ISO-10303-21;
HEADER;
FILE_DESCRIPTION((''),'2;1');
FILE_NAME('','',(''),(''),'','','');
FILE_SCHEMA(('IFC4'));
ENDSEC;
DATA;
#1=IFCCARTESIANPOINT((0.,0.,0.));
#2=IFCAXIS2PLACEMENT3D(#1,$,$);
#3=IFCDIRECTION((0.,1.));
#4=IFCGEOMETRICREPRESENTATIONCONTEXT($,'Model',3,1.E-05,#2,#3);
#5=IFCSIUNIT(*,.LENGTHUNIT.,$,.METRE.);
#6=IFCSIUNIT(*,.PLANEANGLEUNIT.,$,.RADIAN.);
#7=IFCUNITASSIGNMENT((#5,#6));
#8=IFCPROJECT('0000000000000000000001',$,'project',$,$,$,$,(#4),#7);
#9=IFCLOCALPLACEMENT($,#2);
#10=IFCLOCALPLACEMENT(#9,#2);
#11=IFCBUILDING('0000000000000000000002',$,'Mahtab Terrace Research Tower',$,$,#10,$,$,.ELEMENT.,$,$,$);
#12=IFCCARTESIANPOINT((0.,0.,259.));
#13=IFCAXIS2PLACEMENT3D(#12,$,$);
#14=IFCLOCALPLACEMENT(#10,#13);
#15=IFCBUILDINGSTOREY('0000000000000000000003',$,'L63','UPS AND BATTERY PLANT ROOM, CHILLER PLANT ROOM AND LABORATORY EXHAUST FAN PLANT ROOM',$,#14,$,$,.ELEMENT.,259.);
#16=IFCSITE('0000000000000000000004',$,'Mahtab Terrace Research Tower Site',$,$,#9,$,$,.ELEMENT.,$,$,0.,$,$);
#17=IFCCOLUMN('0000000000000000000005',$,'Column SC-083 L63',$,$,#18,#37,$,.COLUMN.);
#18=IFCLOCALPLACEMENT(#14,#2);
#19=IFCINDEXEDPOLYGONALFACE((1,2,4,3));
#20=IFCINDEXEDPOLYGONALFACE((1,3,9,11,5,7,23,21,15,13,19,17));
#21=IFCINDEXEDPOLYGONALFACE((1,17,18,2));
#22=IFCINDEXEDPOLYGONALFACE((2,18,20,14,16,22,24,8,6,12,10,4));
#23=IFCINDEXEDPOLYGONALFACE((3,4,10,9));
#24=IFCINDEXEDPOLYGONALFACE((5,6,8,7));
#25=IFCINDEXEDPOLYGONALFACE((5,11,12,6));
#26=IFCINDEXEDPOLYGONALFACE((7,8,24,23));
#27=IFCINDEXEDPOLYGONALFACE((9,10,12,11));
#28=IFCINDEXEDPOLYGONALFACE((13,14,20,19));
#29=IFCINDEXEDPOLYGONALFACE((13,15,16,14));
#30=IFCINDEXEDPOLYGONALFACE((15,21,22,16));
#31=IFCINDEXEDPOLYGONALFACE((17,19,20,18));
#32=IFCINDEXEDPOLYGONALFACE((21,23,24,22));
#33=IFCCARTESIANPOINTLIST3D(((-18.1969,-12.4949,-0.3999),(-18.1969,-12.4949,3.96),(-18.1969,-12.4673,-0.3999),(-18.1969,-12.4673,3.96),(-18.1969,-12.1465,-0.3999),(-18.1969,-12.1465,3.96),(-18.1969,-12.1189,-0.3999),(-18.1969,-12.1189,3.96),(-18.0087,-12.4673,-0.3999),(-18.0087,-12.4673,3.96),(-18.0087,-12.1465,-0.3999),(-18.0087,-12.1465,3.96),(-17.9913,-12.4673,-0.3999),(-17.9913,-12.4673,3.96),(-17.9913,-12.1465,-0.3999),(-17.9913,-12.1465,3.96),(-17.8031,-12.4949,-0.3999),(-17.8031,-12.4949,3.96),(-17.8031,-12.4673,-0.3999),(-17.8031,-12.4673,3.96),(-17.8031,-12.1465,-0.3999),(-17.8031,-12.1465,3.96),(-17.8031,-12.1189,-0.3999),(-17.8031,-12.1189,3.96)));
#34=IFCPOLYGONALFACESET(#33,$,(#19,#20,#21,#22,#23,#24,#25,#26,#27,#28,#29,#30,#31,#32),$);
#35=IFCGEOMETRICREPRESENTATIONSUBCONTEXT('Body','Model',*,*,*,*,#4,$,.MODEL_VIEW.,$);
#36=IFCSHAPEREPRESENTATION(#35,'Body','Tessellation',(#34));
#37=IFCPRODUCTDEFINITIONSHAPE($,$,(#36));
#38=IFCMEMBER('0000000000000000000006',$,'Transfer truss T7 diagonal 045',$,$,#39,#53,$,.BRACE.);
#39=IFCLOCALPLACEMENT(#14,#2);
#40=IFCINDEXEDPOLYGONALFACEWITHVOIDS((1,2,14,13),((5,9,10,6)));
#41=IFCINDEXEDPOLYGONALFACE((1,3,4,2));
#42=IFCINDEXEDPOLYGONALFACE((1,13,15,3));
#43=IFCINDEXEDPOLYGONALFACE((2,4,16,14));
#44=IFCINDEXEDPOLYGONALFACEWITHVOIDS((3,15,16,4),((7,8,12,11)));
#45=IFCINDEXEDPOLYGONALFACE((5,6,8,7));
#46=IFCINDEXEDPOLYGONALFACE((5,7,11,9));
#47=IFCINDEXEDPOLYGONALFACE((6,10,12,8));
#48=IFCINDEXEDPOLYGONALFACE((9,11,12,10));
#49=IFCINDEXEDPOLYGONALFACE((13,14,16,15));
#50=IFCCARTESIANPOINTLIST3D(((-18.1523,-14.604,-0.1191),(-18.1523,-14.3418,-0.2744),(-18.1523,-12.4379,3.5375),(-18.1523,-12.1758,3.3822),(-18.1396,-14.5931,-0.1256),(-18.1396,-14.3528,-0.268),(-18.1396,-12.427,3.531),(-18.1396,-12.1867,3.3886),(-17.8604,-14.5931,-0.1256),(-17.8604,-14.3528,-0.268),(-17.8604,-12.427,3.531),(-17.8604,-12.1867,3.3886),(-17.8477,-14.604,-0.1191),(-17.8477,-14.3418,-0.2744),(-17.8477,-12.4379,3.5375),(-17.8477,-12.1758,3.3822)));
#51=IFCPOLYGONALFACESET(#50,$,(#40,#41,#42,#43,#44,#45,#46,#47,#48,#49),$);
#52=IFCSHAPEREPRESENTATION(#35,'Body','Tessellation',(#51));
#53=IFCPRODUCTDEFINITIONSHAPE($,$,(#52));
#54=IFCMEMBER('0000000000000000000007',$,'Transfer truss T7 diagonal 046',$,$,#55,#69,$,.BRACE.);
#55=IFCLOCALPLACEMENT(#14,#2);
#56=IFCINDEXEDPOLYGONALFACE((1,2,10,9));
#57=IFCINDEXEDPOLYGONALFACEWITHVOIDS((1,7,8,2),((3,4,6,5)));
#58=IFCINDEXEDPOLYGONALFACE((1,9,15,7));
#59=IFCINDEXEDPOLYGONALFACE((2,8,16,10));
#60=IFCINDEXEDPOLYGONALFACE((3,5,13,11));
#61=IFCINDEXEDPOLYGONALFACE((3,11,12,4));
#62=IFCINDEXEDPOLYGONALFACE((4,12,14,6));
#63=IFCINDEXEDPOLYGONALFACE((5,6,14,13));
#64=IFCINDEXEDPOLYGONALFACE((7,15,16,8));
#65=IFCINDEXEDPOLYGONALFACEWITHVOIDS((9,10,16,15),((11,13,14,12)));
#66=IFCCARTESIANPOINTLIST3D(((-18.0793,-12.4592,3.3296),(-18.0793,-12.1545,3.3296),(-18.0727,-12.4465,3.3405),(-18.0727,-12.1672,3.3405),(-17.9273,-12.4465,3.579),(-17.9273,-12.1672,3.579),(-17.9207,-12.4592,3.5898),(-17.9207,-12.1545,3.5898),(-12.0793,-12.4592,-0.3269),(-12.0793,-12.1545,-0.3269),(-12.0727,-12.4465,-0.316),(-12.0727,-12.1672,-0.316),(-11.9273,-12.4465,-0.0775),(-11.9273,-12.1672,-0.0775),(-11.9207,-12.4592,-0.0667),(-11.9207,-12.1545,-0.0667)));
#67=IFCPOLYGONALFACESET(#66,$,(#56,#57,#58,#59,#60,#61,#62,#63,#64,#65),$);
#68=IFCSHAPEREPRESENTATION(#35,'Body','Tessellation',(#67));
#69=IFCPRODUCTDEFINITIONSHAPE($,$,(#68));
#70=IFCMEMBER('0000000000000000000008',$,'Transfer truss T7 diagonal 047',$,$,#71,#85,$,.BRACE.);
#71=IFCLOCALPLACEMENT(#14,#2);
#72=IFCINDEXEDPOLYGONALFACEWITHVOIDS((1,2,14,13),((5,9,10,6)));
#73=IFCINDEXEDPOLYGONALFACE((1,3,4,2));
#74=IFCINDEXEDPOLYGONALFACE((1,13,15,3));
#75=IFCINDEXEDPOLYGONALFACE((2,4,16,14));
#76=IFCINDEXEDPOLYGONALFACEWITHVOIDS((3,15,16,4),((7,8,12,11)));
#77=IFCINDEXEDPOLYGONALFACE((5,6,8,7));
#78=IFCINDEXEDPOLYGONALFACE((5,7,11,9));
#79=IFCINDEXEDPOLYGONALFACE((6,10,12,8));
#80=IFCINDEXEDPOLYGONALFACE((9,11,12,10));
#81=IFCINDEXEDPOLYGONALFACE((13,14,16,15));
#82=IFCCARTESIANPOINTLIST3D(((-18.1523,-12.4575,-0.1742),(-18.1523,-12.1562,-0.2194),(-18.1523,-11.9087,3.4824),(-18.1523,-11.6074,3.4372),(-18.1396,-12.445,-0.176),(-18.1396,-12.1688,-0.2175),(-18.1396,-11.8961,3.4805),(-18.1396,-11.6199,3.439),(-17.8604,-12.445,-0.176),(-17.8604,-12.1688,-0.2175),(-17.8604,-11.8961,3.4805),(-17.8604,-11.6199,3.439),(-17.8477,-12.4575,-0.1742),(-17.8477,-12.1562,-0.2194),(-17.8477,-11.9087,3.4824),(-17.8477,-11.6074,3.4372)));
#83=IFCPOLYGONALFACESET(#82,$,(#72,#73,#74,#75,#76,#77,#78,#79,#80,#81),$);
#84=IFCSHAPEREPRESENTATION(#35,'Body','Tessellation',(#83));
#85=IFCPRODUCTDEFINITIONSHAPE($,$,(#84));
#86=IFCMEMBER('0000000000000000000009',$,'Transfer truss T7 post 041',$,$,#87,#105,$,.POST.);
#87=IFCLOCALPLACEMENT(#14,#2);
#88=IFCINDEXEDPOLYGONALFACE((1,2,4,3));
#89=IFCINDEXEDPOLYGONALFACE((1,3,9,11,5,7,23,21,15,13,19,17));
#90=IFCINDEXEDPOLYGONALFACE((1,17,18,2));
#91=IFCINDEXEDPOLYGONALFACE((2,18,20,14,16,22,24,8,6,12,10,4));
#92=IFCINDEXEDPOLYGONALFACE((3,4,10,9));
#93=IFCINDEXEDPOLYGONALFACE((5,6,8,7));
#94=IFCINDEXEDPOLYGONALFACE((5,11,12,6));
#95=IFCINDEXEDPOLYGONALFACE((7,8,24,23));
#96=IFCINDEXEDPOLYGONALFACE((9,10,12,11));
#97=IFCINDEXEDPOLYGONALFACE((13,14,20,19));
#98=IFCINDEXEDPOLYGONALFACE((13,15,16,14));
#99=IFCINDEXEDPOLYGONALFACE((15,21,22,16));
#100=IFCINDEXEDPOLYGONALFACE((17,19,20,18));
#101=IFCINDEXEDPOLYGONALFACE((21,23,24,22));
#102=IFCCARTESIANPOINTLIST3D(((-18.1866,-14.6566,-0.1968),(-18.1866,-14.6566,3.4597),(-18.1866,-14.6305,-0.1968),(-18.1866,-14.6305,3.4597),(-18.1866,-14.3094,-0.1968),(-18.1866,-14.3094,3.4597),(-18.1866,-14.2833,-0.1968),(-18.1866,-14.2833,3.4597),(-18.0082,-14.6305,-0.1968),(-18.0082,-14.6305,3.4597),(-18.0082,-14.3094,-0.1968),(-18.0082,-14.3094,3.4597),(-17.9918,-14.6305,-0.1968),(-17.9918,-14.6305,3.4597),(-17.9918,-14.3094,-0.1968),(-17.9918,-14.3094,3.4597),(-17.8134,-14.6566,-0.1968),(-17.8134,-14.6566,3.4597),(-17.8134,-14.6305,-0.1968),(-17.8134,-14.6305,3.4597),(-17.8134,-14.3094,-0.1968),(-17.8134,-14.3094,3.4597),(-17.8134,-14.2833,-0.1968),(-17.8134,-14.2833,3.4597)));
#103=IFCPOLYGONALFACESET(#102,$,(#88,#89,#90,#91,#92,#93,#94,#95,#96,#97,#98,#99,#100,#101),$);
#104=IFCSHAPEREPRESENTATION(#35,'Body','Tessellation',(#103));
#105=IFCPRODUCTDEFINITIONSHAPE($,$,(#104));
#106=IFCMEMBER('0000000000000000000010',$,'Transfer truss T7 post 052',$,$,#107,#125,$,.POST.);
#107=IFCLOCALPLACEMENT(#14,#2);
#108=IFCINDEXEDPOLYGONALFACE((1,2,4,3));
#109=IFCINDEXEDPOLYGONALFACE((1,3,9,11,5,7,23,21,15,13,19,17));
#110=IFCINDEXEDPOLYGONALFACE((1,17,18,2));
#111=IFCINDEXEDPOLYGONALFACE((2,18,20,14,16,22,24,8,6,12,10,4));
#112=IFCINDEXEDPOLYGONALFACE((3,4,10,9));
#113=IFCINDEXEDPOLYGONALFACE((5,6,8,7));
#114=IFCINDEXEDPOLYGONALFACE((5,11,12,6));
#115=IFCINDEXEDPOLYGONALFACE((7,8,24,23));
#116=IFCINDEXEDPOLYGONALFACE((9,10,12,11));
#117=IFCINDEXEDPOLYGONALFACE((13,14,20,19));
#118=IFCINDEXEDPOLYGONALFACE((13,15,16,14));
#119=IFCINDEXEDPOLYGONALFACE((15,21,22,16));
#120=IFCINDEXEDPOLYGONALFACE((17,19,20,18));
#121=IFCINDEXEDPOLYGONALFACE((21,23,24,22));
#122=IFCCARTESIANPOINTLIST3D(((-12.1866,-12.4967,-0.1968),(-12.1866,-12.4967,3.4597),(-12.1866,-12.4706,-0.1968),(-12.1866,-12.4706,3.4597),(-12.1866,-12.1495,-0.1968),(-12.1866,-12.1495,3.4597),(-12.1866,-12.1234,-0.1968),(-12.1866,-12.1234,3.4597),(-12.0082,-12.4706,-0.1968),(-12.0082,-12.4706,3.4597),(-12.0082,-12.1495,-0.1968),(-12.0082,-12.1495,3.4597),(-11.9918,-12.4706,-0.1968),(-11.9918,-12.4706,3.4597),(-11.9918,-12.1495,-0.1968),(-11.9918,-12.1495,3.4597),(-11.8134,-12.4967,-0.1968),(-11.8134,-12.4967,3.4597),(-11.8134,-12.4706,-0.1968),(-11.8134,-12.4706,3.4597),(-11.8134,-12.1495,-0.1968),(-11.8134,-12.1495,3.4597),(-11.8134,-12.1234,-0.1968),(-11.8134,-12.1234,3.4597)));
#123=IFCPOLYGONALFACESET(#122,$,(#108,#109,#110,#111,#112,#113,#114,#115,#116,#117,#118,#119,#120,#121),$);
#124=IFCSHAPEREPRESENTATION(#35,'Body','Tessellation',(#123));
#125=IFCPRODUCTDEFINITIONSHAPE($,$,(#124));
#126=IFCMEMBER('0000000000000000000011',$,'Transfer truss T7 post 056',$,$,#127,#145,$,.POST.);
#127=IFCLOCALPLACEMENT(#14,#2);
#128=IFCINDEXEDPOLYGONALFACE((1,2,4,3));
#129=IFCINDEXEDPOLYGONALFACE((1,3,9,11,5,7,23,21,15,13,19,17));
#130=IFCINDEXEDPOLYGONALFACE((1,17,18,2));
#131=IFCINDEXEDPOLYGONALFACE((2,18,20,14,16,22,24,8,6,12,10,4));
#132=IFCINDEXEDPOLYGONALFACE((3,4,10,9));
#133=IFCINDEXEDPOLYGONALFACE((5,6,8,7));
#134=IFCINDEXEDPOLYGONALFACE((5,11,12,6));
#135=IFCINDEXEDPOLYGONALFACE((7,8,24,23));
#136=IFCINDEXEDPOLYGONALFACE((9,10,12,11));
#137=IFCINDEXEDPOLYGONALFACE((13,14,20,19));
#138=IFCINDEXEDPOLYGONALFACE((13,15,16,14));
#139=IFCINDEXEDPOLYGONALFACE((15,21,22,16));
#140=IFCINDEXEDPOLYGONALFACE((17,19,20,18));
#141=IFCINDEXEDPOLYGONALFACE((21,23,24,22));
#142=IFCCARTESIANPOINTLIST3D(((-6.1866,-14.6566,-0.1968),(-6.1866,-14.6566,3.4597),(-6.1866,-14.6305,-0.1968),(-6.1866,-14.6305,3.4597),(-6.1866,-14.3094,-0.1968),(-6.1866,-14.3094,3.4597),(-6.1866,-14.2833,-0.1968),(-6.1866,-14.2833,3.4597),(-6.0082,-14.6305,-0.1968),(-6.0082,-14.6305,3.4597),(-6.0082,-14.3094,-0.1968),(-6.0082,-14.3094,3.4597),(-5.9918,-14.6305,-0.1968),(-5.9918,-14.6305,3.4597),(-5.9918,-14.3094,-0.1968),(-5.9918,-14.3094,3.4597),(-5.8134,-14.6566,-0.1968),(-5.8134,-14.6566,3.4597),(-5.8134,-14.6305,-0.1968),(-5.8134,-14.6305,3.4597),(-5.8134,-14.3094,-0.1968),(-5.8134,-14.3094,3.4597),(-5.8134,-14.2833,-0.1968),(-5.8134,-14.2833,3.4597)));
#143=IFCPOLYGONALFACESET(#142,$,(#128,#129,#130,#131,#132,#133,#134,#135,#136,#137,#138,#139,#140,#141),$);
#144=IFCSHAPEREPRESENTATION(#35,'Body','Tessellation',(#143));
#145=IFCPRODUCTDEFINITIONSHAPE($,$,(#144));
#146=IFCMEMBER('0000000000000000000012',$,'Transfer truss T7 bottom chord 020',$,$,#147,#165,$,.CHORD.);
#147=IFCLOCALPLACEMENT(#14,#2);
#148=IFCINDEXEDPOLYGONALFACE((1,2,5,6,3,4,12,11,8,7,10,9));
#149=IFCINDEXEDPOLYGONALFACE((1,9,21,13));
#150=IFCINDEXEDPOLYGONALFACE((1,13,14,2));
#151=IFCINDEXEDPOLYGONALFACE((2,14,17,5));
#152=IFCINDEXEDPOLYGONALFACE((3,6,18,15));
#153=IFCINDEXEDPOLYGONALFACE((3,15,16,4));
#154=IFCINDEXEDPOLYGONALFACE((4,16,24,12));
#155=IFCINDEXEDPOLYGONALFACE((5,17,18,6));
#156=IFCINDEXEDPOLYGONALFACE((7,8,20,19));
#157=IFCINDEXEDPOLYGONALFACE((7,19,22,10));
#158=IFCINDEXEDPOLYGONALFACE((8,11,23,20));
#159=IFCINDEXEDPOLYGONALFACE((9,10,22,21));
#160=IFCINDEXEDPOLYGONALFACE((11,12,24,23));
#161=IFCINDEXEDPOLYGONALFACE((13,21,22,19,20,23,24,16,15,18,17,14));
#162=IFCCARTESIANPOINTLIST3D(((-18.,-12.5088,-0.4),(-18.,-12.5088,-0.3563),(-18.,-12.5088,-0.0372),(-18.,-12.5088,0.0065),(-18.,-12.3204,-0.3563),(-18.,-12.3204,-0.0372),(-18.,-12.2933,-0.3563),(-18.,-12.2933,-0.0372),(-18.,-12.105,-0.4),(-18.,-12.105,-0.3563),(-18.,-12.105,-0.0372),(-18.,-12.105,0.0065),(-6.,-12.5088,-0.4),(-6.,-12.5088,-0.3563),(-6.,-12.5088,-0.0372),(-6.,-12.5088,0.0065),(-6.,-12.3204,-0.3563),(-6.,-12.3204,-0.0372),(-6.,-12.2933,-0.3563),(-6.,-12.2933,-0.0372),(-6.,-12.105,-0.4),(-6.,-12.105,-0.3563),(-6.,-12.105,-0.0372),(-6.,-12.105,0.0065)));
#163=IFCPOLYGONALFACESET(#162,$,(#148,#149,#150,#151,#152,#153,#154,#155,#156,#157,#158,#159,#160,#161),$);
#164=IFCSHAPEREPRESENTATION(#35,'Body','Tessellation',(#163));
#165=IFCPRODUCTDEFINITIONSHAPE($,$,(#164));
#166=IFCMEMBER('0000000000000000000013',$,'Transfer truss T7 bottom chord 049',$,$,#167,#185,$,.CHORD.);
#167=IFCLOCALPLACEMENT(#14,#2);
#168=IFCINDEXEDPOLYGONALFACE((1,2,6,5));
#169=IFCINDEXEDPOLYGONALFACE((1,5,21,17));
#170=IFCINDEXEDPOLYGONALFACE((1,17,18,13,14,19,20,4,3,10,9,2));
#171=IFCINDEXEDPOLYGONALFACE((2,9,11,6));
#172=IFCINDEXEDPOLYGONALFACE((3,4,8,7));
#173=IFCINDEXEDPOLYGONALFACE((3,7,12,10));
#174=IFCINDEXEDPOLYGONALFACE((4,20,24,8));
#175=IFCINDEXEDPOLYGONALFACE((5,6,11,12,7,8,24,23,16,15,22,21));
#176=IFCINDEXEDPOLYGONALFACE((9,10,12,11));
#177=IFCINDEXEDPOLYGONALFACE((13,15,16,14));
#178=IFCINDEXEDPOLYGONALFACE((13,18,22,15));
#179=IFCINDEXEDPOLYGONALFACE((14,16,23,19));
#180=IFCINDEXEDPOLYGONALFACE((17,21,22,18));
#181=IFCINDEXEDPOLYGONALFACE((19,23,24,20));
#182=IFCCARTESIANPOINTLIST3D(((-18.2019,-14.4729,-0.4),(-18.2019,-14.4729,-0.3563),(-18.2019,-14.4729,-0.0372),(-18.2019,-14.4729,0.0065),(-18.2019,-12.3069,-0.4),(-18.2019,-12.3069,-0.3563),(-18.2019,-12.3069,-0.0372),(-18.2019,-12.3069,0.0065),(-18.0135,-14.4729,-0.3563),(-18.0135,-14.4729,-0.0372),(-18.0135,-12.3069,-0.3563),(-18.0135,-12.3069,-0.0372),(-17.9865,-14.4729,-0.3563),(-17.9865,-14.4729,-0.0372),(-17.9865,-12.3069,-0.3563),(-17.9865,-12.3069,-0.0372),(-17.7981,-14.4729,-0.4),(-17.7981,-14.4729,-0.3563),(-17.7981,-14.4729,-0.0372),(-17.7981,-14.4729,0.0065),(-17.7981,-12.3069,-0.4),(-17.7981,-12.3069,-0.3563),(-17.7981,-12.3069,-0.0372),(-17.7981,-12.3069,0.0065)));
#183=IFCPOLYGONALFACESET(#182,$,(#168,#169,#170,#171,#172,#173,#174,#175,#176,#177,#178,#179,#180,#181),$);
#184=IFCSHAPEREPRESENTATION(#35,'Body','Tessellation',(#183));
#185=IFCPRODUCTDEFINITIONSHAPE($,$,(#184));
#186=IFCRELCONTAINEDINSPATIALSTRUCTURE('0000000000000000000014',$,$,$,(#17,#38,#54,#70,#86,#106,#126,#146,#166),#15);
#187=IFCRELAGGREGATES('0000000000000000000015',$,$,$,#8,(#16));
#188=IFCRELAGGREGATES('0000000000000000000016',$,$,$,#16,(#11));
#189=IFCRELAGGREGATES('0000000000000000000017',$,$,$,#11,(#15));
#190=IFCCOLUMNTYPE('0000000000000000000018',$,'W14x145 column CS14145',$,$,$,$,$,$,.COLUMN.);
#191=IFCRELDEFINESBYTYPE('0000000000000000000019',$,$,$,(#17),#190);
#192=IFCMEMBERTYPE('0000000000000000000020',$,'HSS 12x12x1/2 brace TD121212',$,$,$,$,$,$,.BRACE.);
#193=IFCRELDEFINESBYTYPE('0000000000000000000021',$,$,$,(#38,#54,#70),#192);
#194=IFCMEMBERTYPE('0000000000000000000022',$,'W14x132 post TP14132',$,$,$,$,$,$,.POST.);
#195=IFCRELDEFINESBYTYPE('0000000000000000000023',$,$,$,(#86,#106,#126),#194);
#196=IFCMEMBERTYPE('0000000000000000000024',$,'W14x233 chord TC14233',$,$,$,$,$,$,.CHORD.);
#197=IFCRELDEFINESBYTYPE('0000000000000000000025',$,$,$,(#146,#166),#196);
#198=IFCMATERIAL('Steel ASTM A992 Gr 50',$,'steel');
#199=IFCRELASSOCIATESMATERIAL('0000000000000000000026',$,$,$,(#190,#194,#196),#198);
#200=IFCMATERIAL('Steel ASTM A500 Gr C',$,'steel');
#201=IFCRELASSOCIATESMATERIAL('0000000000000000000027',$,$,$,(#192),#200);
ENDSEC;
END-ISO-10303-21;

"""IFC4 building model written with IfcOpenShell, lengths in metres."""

from ifc_helpers import new_model, si_unit, direction, frame, origin, origin_2d, place, context, subcontext, project, spatial, hollow_rectangle, i_section, extrude, material, material_profile, profile_set, type_object, element, save


model = new_model("IFC4")

# Units and contexts
model_context = context("Model", 3, precision=1e-05, world=origin(), true_north=direction((0.0, 1.0)))
body_context = subcontext(model_context, "Body", "Model", "MODEL_VIEW")
ifc_project = project(units=[si_unit("LENGTHUNIT", "METRE"), si_unit("PLANEANGLEUNIT", "RADIAN")], contexts=[model_context])

# Site, building, storey
site_placement = place(None, origin())
site = spatial("IfcSite", under=ifc_project, at=site_placement, Name="Mahtab Terrace Research Tower Site", CompositionType="ELEMENT", RefElevation=0.0)
building_placement = place(site_placement, origin())
building = spatial("IfcBuilding", under=site, at=building_placement, Name="Mahtab Terrace Research Tower", CompositionType="ELEMENT")
storey_placement = place(building_placement, frame((0.0, 0.0, 259.0)))
storey = spatial("IfcBuildingStorey", under=building, at=storey_placement, Name="L63", Description="UPS AND BATTERY PLANT ROOM, CHILLER PLANT ROOM AND LABORATORY EXHAUST FAN PLANT ROOM", CompositionType="ELEMENT", Elevation=259.0)

# Column
ifc_material_1 = material(Name="Steel ASTM A992 Gr 50", Category="steel")
ifc_material_profile_1 = material_profile(ifc_material_1, i_section(OverallWidth=0.3938, OverallDepth=0.376, WebThickness=0.0173, FlangeThickness=0.0276, at=origin_2d()), Name="W14X145")
ifc_profile_set_1 = profile_set([ifc_material_profile_1], Name="Steel ASTM A992 Gr 50")
column_type = type_object("IfcColumnType", Name="W14x145 column CS14145", PredefinedType="COLUMN", material=ifc_profile_set_1)
column_placement = place(storey_placement, frame((-18.0, -12.3069, -0.3999), z_axis=(0.0, 0.0, 1.0), x_axis=(1.0, 0.0, 0.0)))
element("IfcColumn", 1, at=column_placement, inside=storey, type_object=column_type, Name="Column SC-083 L63", PredefinedType="COLUMN", context=body_context, shape_type="SweptSolid", body=[
    extrude(i_section(OverallWidth=0.3938, OverallDepth=0.376, WebThickness=0.0173, FlangeThickness=0.0276, at=origin_2d()), origin(), (0.0, 0.0, 1.0), 4.3599),
])

# Members
ifc_material_2 = material(Name="Steel ASTM A500 Gr C", Category="steel")
ifc_material_profile_2 = material_profile(ifc_material_2, hollow_rectangle(XDim=0.3047, YDim=0.3047, WallThickness=0.0127, at=origin_2d()), Name="HSS12X12X1/2")
ifc_profile_set_2 = profile_set([ifc_material_profile_2], Name="Steel ASTM A500 Gr C")
member_type_1 = type_object("IfcMemberType", Name="HSS 12x12x1/2 brace TD121212", PredefinedType="BRACE", material=ifc_profile_set_2)
member_1_placement = place(storey_placement, frame((-18.0, -14.4729, -0.1968), z_axis=(0.0, 0.509664, 0.860374), x_axis=(-1.0, 0.0, 0.0)))
element("IfcMember", 2, at=member_1_placement, inside=storey, type_object=member_type_1, Name="Transfer truss T7 diagonal 045", PredefinedType="BRACE", context=body_context, shape_type="SweptSolid", body=[
    extrude(hollow_rectangle(XDim=0.3047, YDim=0.3047, WallThickness=0.0127, at=origin_2d()), origin(), (0.0, 0.0, 1.0), 4.25),
])
member_2_placement = place(storey_placement, frame((-12.0, -12.3069, -0.1968), z_axis=(-0.853925, 0.0, 0.520396), x_axis=(0.0, -1.0, 0.0)))
element("IfcMember", 3, at=member_2_placement, inside=storey, type_object=member_type_1, Name="Transfer truss T7 diagonal 046", PredefinedType="BRACE", context=body_context, shape_type="SweptSolid", body=[
    extrude(hollow_rectangle(XDim=0.3047, YDim=0.3047, WallThickness=0.0127, at=origin_2d()), origin(), (0.0, 0.0, 1.0), 7.0264),
])
member_3_placement = place(storey_placement, frame((-18.0, -12.3069, -0.1968), z_axis=(0.0, 0.148434, 0.988922), x_axis=(-1.0, 0.0, 0.0)))
element("IfcMember", 4, at=member_3_placement, inside=storey, type_object=member_type_1, Name="Transfer truss T7 diagonal 047", PredefinedType="BRACE", context=body_context, shape_type="SweptSolid", body=[
    extrude(hollow_rectangle(XDim=0.3047, YDim=0.3047, WallThickness=0.0127, at=origin_2d()), origin(), (0.0, 0.0, 1.0), 3.6975),
])
ifc_material_profile_3 = material_profile(ifc_material_1, i_section(OverallWidth=0.3733, OverallDepth=0.3733, WebThickness=0.0164, FlangeThickness=0.0261, at=origin_2d()), Name="W14X132")
ifc_profile_set_3 = profile_set([ifc_material_profile_3], Name="Steel ASTM A992 Gr 50")
member_type_2 = type_object("IfcMemberType", Name="W14x132 post TP14132", PredefinedType="POST", material=ifc_profile_set_3)
for number, where, z_axis, x_axis, name in (
    (5, (-18.0, -14.47, -0.1968), (0.0, 0.0, 1.0), (1.0, 0.0, 0.0), "Transfer truss T7 post 041"),
    (6, (-12.0, -12.3101, -0.1968), (0.0, 0.0, 1.0), (1.0, 0.0, 0.0), "Transfer truss T7 post 052"),
    (7, (-6.0, -14.47, -0.1968), (0.0, 0.0, 1.0), (1.0, 0.0, 0.0), "Transfer truss T7 post 056"),
):
    element("IfcMember", number, at=place(storey_placement, frame(where, z_axis=z_axis, x_axis=x_axis)), inside=storey, type_object=member_type_2, Name=name, PredefinedType="POST", context=body_context, shape_type="SweptSolid", body=[
        extrude(i_section(OverallWidth=0.3733, OverallDepth=0.3733, WebThickness=0.0164, FlangeThickness=0.0261, at=origin_2d()), origin(), (0.0, 0.0, 1.0), 3.6565),
    ])
ifc_material_profile_4 = material_profile(ifc_material_1, i_section(OverallWidth=0.4038, OverallDepth=0.4065, WebThickness=0.0271, FlangeThickness=0.0437, at=origin_2d()), Name="W14X233")
ifc_profile_set_4 = profile_set([ifc_material_profile_4], Name="Steel ASTM A992 Gr 50")
member_type_3 = type_object("IfcMemberType", Name="W14x233 chord TC14233", PredefinedType="CHORD", material=ifc_profile_set_4)
member_4_placement = place(storey_placement, frame((-18.0, -12.3069, -0.1968), z_axis=(1.0, 0.0, 0.0), x_axis=(0.0, 1.0, 0.0)))
element("IfcMember", 8, at=member_4_placement, inside=storey, type_object=member_type_3, Name="Transfer truss T7 bottom chord 020", PredefinedType="CHORD", context=body_context, shape_type="SweptSolid", body=[
    extrude(i_section(OverallWidth=0.4038, OverallDepth=0.4065, WebThickness=0.0271, FlangeThickness=0.0437, at=origin_2d()), origin(), (0.0, 0.0, 1.0), 12.0),
])
member_5_placement = place(storey_placement, frame((-18.0, -14.4729, -0.1968), z_axis=(0.0, 1.0, 0.0), x_axis=(-1.0, 0.0, 0.0)))
element("IfcMember", 9, at=member_5_placement, inside=storey, type_object=member_type_3, Name="Transfer truss T7 bottom chord 049", PredefinedType="CHORD", context=body_context, shape_type="SweptSolid", body=[
    extrude(i_section(OverallWidth=0.4038, OverallDepth=0.4065, WebThickness=0.0271, FlangeThickness=0.0437, at=origin_2d()), origin(), (0.0, 0.0, 1.0), 2.166),
])

save(model, "model.ifc")
